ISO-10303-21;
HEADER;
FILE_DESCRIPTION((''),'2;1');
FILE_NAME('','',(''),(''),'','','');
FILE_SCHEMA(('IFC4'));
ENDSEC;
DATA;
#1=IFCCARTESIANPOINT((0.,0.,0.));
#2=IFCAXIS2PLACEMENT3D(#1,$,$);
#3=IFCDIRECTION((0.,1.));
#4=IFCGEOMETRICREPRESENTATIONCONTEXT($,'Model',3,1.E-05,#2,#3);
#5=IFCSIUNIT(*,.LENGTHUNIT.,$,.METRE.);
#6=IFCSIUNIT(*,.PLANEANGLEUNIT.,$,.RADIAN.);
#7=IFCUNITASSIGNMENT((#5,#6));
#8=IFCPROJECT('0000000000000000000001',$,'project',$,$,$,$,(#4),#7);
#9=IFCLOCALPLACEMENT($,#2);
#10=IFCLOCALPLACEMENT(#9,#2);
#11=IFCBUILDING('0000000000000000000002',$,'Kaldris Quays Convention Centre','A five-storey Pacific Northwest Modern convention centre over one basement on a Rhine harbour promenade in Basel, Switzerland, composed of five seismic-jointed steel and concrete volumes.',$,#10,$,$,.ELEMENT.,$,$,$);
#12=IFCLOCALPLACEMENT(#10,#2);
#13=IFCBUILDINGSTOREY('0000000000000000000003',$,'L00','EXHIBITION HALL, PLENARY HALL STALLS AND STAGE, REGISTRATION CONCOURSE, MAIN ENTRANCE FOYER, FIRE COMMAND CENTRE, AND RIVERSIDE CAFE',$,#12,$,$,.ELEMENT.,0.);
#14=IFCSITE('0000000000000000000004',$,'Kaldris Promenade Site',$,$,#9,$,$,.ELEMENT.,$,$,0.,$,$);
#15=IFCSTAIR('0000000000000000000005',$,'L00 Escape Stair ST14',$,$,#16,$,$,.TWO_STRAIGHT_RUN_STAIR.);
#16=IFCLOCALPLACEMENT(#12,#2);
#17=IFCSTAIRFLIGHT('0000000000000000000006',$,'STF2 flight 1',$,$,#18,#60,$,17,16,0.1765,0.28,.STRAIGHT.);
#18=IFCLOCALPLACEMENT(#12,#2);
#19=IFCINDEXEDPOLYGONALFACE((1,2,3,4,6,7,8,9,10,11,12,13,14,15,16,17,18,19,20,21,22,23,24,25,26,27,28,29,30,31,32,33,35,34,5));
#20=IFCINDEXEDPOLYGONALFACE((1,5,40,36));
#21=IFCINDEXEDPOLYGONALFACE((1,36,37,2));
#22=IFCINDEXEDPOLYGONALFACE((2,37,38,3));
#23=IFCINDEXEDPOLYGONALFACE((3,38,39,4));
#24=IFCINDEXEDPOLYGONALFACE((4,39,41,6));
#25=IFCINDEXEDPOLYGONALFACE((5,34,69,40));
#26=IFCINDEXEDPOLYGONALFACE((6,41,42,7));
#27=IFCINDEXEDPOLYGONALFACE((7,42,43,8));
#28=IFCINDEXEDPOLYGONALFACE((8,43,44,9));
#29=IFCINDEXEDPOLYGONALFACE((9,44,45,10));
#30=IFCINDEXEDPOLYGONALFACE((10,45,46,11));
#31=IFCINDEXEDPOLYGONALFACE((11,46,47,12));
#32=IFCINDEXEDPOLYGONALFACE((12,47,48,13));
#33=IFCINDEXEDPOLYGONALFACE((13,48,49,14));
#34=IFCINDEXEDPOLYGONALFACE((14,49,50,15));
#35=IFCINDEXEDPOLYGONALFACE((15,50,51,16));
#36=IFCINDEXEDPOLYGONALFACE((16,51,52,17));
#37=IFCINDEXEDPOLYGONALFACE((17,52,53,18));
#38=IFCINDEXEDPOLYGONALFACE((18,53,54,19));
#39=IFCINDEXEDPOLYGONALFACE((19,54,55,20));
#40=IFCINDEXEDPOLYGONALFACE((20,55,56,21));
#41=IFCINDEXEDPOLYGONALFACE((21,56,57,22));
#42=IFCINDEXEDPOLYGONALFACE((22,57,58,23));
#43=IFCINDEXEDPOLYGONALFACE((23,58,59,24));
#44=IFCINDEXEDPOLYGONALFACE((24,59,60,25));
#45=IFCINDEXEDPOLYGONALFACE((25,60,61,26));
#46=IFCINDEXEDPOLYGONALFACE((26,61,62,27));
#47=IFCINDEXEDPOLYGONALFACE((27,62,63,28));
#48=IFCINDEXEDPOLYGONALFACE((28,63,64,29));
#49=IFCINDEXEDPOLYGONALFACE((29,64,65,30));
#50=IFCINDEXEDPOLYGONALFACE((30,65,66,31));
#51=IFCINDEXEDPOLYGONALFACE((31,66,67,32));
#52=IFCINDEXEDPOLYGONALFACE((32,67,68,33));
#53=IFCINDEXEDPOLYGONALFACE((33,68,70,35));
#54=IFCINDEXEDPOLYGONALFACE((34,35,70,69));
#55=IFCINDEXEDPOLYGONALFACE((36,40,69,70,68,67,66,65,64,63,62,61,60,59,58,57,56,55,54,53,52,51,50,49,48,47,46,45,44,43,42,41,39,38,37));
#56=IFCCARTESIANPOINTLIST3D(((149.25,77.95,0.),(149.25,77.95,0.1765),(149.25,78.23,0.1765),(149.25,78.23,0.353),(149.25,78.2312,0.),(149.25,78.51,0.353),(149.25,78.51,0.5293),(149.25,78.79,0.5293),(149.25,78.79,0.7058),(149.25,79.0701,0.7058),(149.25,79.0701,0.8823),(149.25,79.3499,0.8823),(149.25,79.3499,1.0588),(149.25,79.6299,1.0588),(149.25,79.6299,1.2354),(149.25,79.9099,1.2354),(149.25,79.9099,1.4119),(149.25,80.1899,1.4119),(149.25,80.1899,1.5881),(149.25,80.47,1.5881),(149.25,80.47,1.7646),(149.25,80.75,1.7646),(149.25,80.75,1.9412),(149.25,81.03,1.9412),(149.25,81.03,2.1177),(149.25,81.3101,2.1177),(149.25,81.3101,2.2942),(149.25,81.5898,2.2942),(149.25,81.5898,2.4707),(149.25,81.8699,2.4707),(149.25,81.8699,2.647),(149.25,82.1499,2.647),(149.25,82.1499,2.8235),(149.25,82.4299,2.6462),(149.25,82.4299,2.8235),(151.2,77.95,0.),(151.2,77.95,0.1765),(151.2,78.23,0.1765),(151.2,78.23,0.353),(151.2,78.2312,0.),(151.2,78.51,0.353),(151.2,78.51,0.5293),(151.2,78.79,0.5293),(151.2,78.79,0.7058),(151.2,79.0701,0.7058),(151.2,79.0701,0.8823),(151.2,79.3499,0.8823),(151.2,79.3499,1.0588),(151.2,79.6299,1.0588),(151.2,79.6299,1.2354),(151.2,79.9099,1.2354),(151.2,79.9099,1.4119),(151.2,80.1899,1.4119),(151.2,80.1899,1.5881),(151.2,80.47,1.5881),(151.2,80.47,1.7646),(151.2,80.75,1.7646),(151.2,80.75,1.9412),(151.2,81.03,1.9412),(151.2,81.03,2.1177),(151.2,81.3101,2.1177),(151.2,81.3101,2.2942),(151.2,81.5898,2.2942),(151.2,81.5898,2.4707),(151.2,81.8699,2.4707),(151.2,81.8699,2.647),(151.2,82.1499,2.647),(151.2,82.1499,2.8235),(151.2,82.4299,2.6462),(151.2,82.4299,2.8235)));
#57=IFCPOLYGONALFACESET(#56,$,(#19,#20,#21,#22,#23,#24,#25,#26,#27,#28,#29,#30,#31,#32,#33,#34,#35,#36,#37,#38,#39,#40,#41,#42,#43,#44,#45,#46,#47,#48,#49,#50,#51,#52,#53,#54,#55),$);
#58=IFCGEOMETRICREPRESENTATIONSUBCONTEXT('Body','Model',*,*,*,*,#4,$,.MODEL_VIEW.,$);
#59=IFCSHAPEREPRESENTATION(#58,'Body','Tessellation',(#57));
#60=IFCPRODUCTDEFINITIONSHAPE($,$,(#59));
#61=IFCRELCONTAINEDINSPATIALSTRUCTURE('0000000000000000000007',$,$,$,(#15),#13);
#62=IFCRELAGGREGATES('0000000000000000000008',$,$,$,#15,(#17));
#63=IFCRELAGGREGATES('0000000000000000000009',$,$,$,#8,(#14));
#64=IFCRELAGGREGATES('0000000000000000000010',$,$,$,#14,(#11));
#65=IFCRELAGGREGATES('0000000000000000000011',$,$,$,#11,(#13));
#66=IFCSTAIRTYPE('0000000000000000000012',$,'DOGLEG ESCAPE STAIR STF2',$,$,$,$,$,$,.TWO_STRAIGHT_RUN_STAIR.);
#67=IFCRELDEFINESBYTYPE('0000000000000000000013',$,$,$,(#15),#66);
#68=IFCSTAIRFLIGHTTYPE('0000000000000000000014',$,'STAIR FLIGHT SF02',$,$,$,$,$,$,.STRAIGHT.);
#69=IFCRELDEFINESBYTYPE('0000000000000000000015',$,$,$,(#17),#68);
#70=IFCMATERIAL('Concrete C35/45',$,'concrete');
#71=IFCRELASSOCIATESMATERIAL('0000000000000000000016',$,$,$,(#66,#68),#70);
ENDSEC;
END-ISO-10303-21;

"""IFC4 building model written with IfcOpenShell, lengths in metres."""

from ifc_helpers import new_model, si_unit, direction, frame, origin, place, context, subcontext, project, spatial, polyline, outline, extrude, material, type_object, element, aggregate, save


model = new_model("IFC4")

# Units and contexts
model_context = context("Model", 3, precision=1e-05, world=origin(), true_north=direction((0.0, 1.0)))
body_context = subcontext(model_context, "Body", "Model", "MODEL_VIEW")
ifc_project = project(units=[si_unit("LENGTHUNIT", "METRE"), si_unit("PLANEANGLEUNIT", "RADIAN")], contexts=[model_context])

# Site, building, storey
site_placement = place(None, origin())
site = spatial("IfcSite", under=ifc_project, at=site_placement, Name="Kaldris Promenade Site", CompositionType="ELEMENT", RefElevation=0.0)
building_placement = place(site_placement, origin())
building = spatial("IfcBuilding", under=site, at=building_placement, Name="Kaldris Quays Convention Centre", Description="A five-storey Pacific Northwest Modern convention centre over one basement on a Rhine harbour promenade in Basel, Switzerland, composed of five seismic-jointed steel and concrete volumes.", CompositionType="ELEMENT")
storey_placement = place(building_placement, origin())
storey = spatial("IfcBuildingStorey", under=building, at=storey_placement, Name="L00", Description="EXHIBITION HALL, PLENARY HALL STALLS AND STAGE, REGISTRATION CONCOURSE, MAIN ENTRANCE FOYER, FIRE COMMAND CENTRE, AND RIVERSIDE CAFE", CompositionType="ELEMENT", Elevation=0.0)

# Shared definitions
ifc_material_1 = material(Name="Concrete C35/45", Category="concrete")

# Stair, stair flight
stair_type = type_object("IfcStairType", Name="DOGLEG ESCAPE STAIR STF2", PredefinedType="TWO_STRAIGHT_RUN_STAIR", material=ifc_material_1)
stair_placement = place(storey_placement, origin())
stair = element("IfcStair", 1, at=stair_placement, inside=storey, type_object=stair_type, Name="L00 Escape Stair ST14", PredefinedType="TWO_STRAIGHT_RUN_STAIR")
stair_flight_type = type_object("IfcStairFlightType", Name="STAIR FLIGHT SF02", PredefinedType="STRAIGHT", material=ifc_material_1)
stair_flight_placement = place(storey_placement, frame((150.2251, 77.95, 0.0), z_axis=(0.0, 0.0, 1.0), x_axis=(0.0, 1.0, 0.0)))
stair_flight = element("IfcStairFlight", 2, at=stair_flight_placement, type_object=stair_flight_type, Name="STF2 flight 1", NumberOfRisers=17, NumberOfTreads=16, PredefinedType="STRAIGHT", RiserHeight=0.1765, TreadLength=0.28, context=body_context, shape_type="SweptSolid", body=[
    extrude(outline(polyline([(0.0, 0.0), (0.0, 0.1765), (0.28, 0.1765), (0.28, 0.353), (0.5601, 0.353), (0.5601, 0.5293), (0.8401, 0.5293), (0.8401, 0.7058), (1.1201, 0.7058), (1.1201, 0.8823), (1.3999, 0.8823), (1.3999, 1.0588), (1.6799, 1.0588), (1.6799, 1.2354), (1.96, 1.2354), (1.96, 1.4119), (2.24, 1.4119), (2.24, 1.5881), (2.52, 1.5881), (2.52, 1.7646), (2.8, 1.7646), (2.8, 1.9412), (3.0801, 1.9412), (3.0801, 2.1177), (3.3601, 2.1177), (3.3601, 2.2942), (3.6399, 2.2942), (3.6399, 2.4707), (3.9199, 2.4707), (3.9199, 2.647), (4.2, 2.647), (4.2, 2.8235), (4.48, 2.8235), (4.48, 3.0), (4.48, 2.6462), (0.2812, 0.0), (0.0, 0.0)])), frame((0.0, 0.9751, 0.0), z_axis=(0.0, -1.0, 0.0), x_axis=(1.0, 0.0, 0.0)), (0.0, 0.0, 1.0), 1.95),
])
aggregate(stair, [stair_flight])

save(model, "model.ifc")
